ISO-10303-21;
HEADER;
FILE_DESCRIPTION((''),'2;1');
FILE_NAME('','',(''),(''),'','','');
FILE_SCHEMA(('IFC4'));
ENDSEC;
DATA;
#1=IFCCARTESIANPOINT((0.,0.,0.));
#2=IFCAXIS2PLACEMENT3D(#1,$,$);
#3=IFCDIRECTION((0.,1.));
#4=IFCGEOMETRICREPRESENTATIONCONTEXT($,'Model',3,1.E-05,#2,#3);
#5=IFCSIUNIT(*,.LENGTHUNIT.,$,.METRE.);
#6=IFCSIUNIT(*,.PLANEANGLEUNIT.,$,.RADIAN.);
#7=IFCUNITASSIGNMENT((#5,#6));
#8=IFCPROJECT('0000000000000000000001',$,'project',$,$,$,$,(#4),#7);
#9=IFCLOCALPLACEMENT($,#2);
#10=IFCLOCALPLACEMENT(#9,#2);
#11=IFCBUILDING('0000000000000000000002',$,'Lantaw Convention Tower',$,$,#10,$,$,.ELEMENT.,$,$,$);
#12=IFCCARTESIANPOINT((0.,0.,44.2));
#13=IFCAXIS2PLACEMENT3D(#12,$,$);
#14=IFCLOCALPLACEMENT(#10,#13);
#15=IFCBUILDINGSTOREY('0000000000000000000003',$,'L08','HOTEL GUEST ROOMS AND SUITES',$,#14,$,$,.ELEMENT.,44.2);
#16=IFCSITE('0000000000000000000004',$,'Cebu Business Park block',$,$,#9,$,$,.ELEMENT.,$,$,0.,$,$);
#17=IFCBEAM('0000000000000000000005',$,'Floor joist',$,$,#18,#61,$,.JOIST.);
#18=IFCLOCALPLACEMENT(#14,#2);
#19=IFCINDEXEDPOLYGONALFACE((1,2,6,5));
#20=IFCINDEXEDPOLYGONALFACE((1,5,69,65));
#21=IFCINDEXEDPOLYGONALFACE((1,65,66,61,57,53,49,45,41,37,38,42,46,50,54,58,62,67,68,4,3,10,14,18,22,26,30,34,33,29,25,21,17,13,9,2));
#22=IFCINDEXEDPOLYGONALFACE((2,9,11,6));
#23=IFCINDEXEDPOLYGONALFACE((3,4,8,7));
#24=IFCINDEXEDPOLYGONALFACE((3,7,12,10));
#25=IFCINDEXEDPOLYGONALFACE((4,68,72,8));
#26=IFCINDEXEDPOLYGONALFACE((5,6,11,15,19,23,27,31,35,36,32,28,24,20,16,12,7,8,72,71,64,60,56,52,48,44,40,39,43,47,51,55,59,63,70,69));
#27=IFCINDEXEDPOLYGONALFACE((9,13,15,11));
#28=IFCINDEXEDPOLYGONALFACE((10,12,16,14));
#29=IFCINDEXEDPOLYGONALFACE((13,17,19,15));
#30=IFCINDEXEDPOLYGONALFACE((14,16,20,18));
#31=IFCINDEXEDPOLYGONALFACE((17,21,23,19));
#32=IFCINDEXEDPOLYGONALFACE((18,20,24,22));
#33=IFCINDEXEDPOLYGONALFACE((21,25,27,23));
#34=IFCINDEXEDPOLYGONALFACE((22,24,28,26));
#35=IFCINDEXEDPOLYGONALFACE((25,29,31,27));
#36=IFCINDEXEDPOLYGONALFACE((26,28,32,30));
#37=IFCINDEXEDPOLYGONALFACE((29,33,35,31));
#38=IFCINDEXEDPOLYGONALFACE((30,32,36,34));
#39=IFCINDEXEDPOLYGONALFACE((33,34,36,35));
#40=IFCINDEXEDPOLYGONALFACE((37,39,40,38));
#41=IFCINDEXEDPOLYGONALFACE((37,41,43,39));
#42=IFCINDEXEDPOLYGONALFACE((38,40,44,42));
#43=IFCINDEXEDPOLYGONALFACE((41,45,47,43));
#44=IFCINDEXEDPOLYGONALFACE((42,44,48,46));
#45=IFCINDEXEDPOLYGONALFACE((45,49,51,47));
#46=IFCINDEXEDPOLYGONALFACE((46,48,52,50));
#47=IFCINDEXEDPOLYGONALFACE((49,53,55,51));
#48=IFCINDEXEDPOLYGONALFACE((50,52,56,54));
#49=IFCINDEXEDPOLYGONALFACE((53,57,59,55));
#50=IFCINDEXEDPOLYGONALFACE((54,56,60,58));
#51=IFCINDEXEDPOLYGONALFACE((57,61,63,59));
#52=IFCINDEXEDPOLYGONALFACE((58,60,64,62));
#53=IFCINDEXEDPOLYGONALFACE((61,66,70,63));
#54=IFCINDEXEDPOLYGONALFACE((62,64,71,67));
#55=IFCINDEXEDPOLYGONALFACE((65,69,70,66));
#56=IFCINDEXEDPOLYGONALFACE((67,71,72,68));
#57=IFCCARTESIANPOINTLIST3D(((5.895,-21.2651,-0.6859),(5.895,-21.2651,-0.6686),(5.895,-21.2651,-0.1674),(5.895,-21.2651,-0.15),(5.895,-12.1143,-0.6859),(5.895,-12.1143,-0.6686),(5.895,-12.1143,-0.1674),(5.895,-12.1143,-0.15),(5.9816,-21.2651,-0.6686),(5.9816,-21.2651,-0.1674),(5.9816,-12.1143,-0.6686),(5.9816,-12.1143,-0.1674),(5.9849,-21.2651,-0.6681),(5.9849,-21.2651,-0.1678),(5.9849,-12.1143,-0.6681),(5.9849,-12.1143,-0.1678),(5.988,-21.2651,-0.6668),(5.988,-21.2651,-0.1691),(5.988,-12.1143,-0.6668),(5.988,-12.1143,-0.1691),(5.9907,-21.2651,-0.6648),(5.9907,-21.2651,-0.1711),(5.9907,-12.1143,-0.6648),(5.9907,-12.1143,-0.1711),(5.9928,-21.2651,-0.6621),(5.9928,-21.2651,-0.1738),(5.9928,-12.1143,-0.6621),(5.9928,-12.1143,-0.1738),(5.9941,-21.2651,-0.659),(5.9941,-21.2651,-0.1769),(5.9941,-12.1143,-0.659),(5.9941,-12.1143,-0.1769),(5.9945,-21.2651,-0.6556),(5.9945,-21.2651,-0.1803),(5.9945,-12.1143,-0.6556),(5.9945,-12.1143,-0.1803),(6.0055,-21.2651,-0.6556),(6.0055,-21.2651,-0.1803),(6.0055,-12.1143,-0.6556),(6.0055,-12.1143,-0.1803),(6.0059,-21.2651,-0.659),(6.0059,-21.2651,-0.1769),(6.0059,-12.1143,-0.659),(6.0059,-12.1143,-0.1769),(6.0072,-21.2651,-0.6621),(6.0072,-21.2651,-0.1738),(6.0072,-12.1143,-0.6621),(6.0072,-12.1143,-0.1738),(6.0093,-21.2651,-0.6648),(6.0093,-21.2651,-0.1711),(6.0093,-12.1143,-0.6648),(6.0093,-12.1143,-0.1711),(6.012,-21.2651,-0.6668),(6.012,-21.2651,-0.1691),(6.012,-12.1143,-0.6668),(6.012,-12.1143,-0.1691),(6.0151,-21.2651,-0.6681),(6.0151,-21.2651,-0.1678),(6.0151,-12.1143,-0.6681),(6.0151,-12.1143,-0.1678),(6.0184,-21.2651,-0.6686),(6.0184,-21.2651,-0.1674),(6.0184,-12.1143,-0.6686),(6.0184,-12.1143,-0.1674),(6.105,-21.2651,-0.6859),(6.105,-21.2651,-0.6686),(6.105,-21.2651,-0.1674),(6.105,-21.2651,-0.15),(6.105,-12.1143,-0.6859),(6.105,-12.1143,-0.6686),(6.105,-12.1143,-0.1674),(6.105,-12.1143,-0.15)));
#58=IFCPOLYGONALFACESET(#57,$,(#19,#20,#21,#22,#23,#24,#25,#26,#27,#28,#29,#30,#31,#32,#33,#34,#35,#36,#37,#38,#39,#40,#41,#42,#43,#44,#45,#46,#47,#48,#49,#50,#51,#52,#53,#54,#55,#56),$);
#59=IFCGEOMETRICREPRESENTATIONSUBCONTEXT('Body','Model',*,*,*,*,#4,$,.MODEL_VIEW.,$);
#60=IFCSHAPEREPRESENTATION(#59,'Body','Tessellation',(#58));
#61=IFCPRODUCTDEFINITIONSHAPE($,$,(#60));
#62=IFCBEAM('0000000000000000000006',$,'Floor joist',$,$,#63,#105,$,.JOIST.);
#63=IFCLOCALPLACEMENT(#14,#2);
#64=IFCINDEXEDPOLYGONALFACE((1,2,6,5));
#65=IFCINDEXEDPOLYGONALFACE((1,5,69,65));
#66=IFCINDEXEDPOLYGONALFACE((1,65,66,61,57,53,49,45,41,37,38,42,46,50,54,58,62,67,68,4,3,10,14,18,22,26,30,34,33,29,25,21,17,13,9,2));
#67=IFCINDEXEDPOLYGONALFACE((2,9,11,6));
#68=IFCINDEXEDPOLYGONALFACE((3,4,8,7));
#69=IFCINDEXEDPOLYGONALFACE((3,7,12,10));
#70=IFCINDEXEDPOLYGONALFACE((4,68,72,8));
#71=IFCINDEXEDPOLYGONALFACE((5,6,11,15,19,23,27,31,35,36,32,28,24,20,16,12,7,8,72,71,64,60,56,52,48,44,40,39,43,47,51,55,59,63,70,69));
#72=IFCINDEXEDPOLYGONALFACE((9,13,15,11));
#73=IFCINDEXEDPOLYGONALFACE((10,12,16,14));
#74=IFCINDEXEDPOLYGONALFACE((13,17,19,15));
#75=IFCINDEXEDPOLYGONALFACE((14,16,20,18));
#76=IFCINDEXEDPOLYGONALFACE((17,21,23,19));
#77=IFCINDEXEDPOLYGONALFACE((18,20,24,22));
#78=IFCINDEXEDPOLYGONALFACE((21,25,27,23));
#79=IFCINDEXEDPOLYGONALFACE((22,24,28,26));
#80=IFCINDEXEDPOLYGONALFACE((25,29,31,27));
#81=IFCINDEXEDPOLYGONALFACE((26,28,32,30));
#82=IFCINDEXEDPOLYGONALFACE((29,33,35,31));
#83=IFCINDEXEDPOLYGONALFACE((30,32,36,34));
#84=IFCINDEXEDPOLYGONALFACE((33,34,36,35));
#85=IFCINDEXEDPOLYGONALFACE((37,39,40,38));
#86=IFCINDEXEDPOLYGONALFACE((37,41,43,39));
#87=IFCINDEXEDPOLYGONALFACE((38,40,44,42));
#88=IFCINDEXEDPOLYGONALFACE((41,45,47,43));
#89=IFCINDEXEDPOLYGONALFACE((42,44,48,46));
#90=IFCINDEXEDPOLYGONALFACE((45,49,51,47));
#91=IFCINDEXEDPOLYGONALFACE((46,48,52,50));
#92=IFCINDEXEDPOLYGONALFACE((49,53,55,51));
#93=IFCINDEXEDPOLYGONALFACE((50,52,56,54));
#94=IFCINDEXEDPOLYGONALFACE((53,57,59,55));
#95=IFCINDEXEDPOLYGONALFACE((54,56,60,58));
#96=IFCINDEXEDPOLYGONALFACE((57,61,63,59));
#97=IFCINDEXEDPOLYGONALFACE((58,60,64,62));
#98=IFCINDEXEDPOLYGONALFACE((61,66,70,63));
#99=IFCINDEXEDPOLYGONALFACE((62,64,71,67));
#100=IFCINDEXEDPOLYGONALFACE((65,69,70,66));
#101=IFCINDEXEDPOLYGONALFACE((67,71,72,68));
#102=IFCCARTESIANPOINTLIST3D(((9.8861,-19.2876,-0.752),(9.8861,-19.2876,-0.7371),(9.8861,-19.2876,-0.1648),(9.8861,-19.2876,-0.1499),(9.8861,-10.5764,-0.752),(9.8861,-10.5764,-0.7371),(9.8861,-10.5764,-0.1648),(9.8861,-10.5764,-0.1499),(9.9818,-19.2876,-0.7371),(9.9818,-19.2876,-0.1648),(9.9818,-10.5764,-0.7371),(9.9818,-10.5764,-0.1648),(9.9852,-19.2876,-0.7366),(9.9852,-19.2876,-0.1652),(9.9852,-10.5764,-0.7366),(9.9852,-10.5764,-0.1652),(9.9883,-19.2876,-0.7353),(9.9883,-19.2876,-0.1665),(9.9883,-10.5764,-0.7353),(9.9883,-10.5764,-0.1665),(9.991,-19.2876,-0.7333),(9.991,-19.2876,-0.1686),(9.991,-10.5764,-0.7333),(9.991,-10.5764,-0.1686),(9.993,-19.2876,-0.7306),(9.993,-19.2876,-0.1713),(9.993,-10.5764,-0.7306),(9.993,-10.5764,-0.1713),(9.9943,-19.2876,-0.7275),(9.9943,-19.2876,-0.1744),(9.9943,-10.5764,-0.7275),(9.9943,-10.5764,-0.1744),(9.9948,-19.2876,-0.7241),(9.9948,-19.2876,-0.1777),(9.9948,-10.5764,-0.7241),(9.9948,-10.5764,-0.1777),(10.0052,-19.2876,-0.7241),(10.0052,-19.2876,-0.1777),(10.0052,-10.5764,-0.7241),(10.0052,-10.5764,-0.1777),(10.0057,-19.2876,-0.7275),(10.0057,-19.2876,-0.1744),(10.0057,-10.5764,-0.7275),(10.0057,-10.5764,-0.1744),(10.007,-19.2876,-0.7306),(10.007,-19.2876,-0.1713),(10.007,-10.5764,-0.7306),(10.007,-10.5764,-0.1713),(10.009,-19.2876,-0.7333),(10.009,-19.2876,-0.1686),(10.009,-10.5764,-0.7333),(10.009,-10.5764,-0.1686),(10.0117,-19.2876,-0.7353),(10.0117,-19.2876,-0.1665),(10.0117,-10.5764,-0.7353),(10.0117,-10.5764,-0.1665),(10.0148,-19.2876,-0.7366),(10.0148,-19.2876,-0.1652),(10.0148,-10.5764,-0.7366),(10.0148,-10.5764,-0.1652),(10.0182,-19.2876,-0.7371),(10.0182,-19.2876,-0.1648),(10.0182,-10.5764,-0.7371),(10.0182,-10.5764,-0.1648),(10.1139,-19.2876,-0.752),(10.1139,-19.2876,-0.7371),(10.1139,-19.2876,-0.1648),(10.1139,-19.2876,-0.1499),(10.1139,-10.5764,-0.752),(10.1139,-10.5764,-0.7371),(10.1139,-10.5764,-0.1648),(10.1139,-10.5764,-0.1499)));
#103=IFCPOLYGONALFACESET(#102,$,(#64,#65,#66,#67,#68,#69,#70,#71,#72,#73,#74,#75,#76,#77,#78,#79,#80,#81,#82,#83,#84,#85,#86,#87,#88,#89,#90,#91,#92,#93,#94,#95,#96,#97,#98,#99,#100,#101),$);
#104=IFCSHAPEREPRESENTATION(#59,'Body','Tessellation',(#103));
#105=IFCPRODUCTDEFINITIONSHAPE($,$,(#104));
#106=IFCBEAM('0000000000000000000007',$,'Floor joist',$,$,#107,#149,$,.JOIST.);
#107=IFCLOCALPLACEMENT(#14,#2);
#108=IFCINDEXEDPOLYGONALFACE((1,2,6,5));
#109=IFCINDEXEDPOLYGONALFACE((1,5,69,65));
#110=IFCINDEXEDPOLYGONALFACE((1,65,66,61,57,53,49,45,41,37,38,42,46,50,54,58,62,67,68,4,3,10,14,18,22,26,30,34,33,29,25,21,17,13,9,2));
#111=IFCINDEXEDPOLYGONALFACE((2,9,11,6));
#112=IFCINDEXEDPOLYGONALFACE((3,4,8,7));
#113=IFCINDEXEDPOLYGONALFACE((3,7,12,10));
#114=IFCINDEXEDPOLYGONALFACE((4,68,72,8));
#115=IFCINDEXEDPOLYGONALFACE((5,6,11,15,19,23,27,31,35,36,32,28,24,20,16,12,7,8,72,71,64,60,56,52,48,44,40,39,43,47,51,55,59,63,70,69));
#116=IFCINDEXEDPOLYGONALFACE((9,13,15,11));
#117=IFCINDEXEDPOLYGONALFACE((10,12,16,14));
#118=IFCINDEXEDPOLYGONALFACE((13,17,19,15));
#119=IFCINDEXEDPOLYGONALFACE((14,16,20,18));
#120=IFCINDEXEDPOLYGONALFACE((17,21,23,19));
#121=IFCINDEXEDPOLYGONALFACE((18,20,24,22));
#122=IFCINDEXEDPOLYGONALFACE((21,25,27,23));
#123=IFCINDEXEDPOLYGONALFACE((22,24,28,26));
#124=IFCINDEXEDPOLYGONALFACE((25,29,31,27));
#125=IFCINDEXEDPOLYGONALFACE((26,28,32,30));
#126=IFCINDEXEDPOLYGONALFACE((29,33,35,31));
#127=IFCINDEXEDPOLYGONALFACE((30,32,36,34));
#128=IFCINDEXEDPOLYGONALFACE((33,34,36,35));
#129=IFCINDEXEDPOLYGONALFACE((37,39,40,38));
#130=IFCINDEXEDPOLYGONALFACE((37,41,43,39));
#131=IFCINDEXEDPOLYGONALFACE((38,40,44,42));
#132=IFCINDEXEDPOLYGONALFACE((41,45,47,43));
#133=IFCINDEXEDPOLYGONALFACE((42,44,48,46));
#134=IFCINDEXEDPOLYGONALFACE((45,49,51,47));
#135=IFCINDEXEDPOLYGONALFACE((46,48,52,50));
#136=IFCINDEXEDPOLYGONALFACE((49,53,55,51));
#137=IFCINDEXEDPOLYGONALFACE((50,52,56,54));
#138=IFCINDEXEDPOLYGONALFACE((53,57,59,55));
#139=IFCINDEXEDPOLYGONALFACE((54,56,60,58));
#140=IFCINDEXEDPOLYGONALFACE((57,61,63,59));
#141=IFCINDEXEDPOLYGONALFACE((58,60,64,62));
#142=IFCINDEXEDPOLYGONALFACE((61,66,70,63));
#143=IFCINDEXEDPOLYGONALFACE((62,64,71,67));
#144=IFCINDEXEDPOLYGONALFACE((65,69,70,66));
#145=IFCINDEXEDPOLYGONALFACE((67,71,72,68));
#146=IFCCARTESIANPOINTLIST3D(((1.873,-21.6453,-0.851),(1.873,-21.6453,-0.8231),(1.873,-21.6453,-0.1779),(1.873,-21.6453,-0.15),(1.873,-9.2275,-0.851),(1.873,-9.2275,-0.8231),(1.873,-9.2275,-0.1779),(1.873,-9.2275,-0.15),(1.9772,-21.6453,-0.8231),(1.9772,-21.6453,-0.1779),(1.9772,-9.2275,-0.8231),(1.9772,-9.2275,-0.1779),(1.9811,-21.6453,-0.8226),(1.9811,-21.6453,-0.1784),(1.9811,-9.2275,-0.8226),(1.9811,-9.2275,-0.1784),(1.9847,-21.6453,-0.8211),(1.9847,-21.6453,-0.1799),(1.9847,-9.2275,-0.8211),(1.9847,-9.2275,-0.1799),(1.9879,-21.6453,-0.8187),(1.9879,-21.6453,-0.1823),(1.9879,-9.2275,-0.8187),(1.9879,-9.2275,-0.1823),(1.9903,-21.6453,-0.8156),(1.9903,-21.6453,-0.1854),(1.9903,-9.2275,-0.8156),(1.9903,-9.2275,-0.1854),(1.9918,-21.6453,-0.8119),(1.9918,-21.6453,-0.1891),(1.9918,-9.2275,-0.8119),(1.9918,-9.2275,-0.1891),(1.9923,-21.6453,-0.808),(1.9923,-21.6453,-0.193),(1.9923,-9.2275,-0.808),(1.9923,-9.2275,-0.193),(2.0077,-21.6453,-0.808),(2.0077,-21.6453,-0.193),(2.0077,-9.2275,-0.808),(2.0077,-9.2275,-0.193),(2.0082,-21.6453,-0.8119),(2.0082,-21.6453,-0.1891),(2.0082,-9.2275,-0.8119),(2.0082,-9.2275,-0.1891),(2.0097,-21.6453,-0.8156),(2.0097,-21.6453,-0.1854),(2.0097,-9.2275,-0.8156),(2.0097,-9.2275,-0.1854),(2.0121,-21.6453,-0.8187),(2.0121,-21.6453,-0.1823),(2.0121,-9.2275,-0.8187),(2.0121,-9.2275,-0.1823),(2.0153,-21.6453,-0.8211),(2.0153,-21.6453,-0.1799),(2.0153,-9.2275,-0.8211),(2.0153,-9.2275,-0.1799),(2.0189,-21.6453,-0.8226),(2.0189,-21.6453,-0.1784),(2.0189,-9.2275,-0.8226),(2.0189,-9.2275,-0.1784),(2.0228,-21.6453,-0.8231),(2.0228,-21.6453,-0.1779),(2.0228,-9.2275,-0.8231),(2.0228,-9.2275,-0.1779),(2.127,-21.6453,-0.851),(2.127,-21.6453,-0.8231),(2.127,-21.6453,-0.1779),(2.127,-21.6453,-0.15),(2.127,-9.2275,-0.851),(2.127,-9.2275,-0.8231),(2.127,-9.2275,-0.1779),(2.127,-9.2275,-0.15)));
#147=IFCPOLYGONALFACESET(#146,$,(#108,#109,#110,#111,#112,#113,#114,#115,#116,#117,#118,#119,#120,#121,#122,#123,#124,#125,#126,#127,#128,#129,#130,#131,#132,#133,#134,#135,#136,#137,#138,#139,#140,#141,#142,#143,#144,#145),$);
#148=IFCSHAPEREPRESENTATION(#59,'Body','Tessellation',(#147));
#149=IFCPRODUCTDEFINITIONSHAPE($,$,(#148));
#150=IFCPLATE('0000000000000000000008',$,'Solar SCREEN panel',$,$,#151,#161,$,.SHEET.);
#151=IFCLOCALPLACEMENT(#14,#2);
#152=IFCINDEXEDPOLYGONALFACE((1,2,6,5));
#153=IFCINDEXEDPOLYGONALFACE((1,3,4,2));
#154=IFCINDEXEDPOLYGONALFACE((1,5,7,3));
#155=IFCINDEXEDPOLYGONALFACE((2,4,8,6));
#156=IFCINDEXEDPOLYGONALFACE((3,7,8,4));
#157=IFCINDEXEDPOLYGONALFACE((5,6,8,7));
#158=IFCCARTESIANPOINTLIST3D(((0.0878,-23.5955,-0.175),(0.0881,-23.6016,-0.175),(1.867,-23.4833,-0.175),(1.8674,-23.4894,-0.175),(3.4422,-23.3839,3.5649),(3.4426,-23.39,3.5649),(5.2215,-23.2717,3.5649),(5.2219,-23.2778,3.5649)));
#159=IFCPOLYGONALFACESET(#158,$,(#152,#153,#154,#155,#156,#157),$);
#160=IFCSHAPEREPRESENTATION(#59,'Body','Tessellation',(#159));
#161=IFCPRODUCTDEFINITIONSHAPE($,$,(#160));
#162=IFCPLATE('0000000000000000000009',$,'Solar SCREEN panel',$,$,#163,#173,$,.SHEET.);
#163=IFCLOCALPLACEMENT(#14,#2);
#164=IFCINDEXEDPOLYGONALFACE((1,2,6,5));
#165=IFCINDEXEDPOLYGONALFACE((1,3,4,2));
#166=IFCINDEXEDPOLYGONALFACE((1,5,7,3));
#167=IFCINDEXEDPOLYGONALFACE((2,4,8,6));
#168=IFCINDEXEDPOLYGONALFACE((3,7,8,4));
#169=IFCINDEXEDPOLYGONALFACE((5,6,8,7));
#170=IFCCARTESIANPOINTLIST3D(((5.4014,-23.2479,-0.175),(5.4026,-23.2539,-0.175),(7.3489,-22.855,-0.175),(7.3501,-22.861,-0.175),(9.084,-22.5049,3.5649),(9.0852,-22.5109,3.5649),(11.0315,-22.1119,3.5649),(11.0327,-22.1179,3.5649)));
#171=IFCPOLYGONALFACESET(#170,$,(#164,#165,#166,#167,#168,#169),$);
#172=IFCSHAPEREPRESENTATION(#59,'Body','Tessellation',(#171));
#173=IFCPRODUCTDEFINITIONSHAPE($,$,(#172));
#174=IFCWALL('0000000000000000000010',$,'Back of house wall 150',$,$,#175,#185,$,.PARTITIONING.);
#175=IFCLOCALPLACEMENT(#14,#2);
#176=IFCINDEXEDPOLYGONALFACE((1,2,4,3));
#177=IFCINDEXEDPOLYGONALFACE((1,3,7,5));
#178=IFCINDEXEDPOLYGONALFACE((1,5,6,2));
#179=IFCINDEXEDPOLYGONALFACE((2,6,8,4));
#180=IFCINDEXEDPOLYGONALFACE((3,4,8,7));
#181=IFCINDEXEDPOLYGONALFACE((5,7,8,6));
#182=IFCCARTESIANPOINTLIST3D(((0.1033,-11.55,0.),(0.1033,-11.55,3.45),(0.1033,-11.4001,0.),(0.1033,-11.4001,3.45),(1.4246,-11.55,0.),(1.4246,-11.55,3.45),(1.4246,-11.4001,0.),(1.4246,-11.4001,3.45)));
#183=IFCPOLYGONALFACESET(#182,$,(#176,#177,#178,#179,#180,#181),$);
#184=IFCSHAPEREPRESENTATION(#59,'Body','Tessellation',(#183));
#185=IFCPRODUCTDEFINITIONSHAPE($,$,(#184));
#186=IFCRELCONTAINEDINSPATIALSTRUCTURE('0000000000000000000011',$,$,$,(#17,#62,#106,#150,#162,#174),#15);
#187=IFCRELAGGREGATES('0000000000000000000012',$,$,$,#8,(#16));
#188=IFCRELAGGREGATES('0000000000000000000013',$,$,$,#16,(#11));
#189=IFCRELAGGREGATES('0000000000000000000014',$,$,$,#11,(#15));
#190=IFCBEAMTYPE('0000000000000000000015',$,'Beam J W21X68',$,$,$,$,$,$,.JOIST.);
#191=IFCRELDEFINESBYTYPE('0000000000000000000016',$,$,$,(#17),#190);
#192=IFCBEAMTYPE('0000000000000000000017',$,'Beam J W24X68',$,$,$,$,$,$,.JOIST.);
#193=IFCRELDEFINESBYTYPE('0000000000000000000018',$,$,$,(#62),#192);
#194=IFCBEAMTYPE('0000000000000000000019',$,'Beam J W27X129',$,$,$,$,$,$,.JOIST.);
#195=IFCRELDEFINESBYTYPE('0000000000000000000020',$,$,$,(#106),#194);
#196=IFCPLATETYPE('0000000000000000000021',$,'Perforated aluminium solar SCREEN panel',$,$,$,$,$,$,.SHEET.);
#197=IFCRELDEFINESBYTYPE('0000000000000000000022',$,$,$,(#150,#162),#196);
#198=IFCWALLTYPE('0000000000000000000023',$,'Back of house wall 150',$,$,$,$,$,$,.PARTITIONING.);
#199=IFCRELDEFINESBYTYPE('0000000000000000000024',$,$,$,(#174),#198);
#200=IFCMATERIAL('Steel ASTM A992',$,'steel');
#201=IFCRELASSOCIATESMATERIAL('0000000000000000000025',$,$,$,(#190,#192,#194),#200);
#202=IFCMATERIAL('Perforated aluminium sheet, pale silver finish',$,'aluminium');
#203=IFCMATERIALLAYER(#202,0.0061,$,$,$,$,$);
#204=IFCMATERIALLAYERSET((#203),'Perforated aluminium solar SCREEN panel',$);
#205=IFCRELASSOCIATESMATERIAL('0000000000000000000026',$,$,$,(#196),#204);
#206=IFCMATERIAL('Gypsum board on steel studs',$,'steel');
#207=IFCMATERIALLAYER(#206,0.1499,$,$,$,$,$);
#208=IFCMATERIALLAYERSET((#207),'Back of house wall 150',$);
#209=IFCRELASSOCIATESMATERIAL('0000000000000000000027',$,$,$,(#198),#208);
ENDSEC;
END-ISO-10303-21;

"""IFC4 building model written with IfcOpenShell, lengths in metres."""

from ifc_helpers import new_model, si_unit, direction, frame, frame_2d, origin, origin_2d, place, context, subcontext, project, spatial, polyline, rectangle, i_section, outline, extrude, material, layer, layer_set, material_profile, profile_set, type_object, element, save


model = new_model("IFC4")

# Units and contexts
model_context = context("Model", 3, precision=1e-05, world=origin(), true_north=direction((0.0, 1.0)))
body_context = subcontext(model_context, "Body", "Model", "MODEL_VIEW")
ifc_project = project(units=[si_unit("LENGTHUNIT", "METRE"), si_unit("PLANEANGLEUNIT", "RADIAN")], contexts=[model_context])

# Site, building, storey
site_placement = place(None, origin())
site = spatial("IfcSite", under=ifc_project, at=site_placement, Name="Cebu Business Park block", CompositionType="ELEMENT", RefElevation=0.0)
building_placement = place(site_placement, origin())
building = spatial("IfcBuilding", under=site, at=building_placement, Name="Lantaw Convention Tower", CompositionType="ELEMENT")
storey_placement = place(building_placement, frame((0.0, 0.0, 44.2)))
storey = spatial("IfcBuildingStorey", under=building, at=storey_placement, Name="L08", Description="HOTEL GUEST ROOMS AND SUITES", CompositionType="ELEMENT", Elevation=44.2)

# Beams
ifc_material_1 = material(Name="Steel ASTM A992", Category="steel")
ifc_material_profile_1 = material_profile(ifc_material_1, i_section(OverallWidth=0.21, OverallDepth=0.5359, WebThickness=0.011, FlangeThickness=0.0173, FilletRadius=0.0129, at=origin_2d()), Name="W21X68")
ifc_profile_set_1 = profile_set([ifc_material_profile_1], Name="Steel ASTM A992")
beam_type_1 = type_object("IfcBeamType", Name="Beam J W21X68", PredefinedType="JOIST", material=ifc_profile_set_1)
beam_1_placement = place(storey_placement, frame((6.0, -21.2651, -0.418), z_axis=(0.0, 1.0, 0.0), x_axis=(-1.0, 0.0, 0.0)))
element("IfcBeam", 1, at=beam_1_placement, inside=storey, type_object=beam_type_1, Name="Floor joist", PredefinedType="JOIST", context=body_context, shape_type="SweptSolid", body=[
    extrude(i_section(OverallWidth=0.21, OverallDepth=0.5359, WebThickness=0.011, FlangeThickness=0.0173, FilletRadius=0.0129, at=origin_2d()), origin(), (0.0, 0.0, 1.0), 9.1509),
])
ifc_material_profile_2 = material_profile(ifc_material_1, i_section(OverallWidth=0.2278, OverallDepth=0.6021, WebThickness=0.0105, FlangeThickness=0.0149, FilletRadius=0.0129, at=origin_2d()), Name="W24X68")
ifc_profile_set_2 = profile_set([ifc_material_profile_2], Name="Steel ASTM A992")
beam_type_2 = type_object("IfcBeamType", Name="Beam J W24X68", PredefinedType="JOIST", material=ifc_profile_set_2)
beam_2_placement = place(storey_placement, frame((10.0, -19.2876, -0.4509), z_axis=(0.0, 1.0, 0.0), x_axis=(-1.0, 0.0, 0.0)))
element("IfcBeam", 2, at=beam_2_placement, inside=storey, type_object=beam_type_2, Name="Floor joist", PredefinedType="JOIST", context=body_context, shape_type="SweptSolid", body=[
    extrude(i_section(OverallWidth=0.2278, OverallDepth=0.6021, WebThickness=0.0105, FlangeThickness=0.0149, FilletRadius=0.0129, at=origin_2d()), origin(), (0.0, 0.0, 1.0), 8.7112),
])
ifc_material_profile_3 = material_profile(ifc_material_1, i_section(OverallWidth=0.2539, OverallDepth=0.7009, WebThickness=0.0154, FlangeThickness=0.0278, FilletRadius=0.0151, at=origin_2d()), Name="W27X129")
ifc_profile_set_3 = profile_set([ifc_material_profile_3], Name="Steel ASTM A992")
beam_type_3 = type_object("IfcBeamType", Name="Beam J W27X129", PredefinedType="JOIST", material=ifc_profile_set_3)
beam_3_placement = place(storey_placement, frame((2.0, -21.6453, -0.5005), z_axis=(0.0, 1.0, 0.0), x_axis=(-1.0, 0.0, 0.0)))
element("IfcBeam", 3, at=beam_3_placement, inside=storey, type_object=beam_type_3, Name="Floor joist", PredefinedType="JOIST", context=body_context, shape_type="SweptSolid", body=[
    extrude(i_section(OverallWidth=0.2539, OverallDepth=0.7009, WebThickness=0.0154, FlangeThickness=0.0278, FilletRadius=0.0151, at=origin_2d()), origin(), (0.0, 0.0, 1.0), 12.4177),
])

# Plates
ifc_material_2 = material(Name="Perforated aluminium sheet, pale silver finish", Category="aluminium")
ifc_layer_1 = layer(ifc_material_2, 0.0061)
ifc_layer_set_1 = layer_set([ifc_layer_1], Name="Perforated aluminium solar SCREEN panel")
plate_type = type_object("IfcPlateType", Name="Perforated aluminium solar SCREEN panel", PredefinedType="SHEET", material=ifc_layer_set_1)
plate_1_placement = place(storey_placement, frame((0.0881, -23.6016, -0.175), z_axis=(0.062924, -0.998018, 0.000014), x_axis=(0.998018, 0.062924, 0.0)))
element("IfcPlate", 4, at=plate_1_placement, inside=storey, type_object=plate_type, Name="Solar SCREEN panel", PredefinedType="SHEET", context=body_context, shape_type="SweptSolid", body=[
    extrude(outline(polyline([(0.0, 0.0), (1.7828, 0.0), (5.144, 3.74), (3.3611, 3.74), (0.0, 0.0)])), origin(), (0.0, 0.0, -1.0), 0.0061),
])
plate_2_placement = place(storey_placement, frame((5.4026, -23.2539, -0.175), z_axis=(0.197782, -0.980246, 0.000002), x_axis=(0.980246, 0.197782, 0.0)))
element("IfcPlate", 5, at=plate_2_placement, inside=storey, type_object=plate_type, Name="Solar SCREEN panel", PredefinedType="SHEET", context=body_context, shape_type="SweptSolid", body=[
    extrude(outline(polyline([(0.0, 0.0), (1.9867, 0.0), (5.7436, 3.74), (3.7568, 3.74), (0.0, 0.0)])), origin(), (0.0, 0.0, -1.0), 0.0061),
])

# Wall
ifc_material_3 = material(Name="Gypsum board on steel studs", Category="steel")
ifc_layer_2 = layer(ifc_material_3, 0.1499)
ifc_layer_set_2 = layer_set([ifc_layer_2], Name="Back of house wall 150")
wall_type_1 = type_object("IfcWallType", Name="Back of house wall 150", PredefinedType="PARTITIONING", material=ifc_layer_set_2)
wall_1_placement = place(storey_placement, frame((0.1033, -11.4751, 0.0), z_axis=(0.0, 0.0, 1.0), x_axis=(1.0, 0.0, 0.0)))
element("IfcWall", 6, at=wall_1_placement, inside=storey, type_object=wall_type_1, Name="Back of house wall 150", PredefinedType="PARTITIONING", context=body_context, shape_type="SweptSolid", body=[
    extrude(rectangle(XDim=1.3213, YDim=0.1499, at=frame_2d((0.6606, 0.0))), origin(), (0.0, 0.0, 1.0), 3.45),
])

save(model, "model.ifc")
